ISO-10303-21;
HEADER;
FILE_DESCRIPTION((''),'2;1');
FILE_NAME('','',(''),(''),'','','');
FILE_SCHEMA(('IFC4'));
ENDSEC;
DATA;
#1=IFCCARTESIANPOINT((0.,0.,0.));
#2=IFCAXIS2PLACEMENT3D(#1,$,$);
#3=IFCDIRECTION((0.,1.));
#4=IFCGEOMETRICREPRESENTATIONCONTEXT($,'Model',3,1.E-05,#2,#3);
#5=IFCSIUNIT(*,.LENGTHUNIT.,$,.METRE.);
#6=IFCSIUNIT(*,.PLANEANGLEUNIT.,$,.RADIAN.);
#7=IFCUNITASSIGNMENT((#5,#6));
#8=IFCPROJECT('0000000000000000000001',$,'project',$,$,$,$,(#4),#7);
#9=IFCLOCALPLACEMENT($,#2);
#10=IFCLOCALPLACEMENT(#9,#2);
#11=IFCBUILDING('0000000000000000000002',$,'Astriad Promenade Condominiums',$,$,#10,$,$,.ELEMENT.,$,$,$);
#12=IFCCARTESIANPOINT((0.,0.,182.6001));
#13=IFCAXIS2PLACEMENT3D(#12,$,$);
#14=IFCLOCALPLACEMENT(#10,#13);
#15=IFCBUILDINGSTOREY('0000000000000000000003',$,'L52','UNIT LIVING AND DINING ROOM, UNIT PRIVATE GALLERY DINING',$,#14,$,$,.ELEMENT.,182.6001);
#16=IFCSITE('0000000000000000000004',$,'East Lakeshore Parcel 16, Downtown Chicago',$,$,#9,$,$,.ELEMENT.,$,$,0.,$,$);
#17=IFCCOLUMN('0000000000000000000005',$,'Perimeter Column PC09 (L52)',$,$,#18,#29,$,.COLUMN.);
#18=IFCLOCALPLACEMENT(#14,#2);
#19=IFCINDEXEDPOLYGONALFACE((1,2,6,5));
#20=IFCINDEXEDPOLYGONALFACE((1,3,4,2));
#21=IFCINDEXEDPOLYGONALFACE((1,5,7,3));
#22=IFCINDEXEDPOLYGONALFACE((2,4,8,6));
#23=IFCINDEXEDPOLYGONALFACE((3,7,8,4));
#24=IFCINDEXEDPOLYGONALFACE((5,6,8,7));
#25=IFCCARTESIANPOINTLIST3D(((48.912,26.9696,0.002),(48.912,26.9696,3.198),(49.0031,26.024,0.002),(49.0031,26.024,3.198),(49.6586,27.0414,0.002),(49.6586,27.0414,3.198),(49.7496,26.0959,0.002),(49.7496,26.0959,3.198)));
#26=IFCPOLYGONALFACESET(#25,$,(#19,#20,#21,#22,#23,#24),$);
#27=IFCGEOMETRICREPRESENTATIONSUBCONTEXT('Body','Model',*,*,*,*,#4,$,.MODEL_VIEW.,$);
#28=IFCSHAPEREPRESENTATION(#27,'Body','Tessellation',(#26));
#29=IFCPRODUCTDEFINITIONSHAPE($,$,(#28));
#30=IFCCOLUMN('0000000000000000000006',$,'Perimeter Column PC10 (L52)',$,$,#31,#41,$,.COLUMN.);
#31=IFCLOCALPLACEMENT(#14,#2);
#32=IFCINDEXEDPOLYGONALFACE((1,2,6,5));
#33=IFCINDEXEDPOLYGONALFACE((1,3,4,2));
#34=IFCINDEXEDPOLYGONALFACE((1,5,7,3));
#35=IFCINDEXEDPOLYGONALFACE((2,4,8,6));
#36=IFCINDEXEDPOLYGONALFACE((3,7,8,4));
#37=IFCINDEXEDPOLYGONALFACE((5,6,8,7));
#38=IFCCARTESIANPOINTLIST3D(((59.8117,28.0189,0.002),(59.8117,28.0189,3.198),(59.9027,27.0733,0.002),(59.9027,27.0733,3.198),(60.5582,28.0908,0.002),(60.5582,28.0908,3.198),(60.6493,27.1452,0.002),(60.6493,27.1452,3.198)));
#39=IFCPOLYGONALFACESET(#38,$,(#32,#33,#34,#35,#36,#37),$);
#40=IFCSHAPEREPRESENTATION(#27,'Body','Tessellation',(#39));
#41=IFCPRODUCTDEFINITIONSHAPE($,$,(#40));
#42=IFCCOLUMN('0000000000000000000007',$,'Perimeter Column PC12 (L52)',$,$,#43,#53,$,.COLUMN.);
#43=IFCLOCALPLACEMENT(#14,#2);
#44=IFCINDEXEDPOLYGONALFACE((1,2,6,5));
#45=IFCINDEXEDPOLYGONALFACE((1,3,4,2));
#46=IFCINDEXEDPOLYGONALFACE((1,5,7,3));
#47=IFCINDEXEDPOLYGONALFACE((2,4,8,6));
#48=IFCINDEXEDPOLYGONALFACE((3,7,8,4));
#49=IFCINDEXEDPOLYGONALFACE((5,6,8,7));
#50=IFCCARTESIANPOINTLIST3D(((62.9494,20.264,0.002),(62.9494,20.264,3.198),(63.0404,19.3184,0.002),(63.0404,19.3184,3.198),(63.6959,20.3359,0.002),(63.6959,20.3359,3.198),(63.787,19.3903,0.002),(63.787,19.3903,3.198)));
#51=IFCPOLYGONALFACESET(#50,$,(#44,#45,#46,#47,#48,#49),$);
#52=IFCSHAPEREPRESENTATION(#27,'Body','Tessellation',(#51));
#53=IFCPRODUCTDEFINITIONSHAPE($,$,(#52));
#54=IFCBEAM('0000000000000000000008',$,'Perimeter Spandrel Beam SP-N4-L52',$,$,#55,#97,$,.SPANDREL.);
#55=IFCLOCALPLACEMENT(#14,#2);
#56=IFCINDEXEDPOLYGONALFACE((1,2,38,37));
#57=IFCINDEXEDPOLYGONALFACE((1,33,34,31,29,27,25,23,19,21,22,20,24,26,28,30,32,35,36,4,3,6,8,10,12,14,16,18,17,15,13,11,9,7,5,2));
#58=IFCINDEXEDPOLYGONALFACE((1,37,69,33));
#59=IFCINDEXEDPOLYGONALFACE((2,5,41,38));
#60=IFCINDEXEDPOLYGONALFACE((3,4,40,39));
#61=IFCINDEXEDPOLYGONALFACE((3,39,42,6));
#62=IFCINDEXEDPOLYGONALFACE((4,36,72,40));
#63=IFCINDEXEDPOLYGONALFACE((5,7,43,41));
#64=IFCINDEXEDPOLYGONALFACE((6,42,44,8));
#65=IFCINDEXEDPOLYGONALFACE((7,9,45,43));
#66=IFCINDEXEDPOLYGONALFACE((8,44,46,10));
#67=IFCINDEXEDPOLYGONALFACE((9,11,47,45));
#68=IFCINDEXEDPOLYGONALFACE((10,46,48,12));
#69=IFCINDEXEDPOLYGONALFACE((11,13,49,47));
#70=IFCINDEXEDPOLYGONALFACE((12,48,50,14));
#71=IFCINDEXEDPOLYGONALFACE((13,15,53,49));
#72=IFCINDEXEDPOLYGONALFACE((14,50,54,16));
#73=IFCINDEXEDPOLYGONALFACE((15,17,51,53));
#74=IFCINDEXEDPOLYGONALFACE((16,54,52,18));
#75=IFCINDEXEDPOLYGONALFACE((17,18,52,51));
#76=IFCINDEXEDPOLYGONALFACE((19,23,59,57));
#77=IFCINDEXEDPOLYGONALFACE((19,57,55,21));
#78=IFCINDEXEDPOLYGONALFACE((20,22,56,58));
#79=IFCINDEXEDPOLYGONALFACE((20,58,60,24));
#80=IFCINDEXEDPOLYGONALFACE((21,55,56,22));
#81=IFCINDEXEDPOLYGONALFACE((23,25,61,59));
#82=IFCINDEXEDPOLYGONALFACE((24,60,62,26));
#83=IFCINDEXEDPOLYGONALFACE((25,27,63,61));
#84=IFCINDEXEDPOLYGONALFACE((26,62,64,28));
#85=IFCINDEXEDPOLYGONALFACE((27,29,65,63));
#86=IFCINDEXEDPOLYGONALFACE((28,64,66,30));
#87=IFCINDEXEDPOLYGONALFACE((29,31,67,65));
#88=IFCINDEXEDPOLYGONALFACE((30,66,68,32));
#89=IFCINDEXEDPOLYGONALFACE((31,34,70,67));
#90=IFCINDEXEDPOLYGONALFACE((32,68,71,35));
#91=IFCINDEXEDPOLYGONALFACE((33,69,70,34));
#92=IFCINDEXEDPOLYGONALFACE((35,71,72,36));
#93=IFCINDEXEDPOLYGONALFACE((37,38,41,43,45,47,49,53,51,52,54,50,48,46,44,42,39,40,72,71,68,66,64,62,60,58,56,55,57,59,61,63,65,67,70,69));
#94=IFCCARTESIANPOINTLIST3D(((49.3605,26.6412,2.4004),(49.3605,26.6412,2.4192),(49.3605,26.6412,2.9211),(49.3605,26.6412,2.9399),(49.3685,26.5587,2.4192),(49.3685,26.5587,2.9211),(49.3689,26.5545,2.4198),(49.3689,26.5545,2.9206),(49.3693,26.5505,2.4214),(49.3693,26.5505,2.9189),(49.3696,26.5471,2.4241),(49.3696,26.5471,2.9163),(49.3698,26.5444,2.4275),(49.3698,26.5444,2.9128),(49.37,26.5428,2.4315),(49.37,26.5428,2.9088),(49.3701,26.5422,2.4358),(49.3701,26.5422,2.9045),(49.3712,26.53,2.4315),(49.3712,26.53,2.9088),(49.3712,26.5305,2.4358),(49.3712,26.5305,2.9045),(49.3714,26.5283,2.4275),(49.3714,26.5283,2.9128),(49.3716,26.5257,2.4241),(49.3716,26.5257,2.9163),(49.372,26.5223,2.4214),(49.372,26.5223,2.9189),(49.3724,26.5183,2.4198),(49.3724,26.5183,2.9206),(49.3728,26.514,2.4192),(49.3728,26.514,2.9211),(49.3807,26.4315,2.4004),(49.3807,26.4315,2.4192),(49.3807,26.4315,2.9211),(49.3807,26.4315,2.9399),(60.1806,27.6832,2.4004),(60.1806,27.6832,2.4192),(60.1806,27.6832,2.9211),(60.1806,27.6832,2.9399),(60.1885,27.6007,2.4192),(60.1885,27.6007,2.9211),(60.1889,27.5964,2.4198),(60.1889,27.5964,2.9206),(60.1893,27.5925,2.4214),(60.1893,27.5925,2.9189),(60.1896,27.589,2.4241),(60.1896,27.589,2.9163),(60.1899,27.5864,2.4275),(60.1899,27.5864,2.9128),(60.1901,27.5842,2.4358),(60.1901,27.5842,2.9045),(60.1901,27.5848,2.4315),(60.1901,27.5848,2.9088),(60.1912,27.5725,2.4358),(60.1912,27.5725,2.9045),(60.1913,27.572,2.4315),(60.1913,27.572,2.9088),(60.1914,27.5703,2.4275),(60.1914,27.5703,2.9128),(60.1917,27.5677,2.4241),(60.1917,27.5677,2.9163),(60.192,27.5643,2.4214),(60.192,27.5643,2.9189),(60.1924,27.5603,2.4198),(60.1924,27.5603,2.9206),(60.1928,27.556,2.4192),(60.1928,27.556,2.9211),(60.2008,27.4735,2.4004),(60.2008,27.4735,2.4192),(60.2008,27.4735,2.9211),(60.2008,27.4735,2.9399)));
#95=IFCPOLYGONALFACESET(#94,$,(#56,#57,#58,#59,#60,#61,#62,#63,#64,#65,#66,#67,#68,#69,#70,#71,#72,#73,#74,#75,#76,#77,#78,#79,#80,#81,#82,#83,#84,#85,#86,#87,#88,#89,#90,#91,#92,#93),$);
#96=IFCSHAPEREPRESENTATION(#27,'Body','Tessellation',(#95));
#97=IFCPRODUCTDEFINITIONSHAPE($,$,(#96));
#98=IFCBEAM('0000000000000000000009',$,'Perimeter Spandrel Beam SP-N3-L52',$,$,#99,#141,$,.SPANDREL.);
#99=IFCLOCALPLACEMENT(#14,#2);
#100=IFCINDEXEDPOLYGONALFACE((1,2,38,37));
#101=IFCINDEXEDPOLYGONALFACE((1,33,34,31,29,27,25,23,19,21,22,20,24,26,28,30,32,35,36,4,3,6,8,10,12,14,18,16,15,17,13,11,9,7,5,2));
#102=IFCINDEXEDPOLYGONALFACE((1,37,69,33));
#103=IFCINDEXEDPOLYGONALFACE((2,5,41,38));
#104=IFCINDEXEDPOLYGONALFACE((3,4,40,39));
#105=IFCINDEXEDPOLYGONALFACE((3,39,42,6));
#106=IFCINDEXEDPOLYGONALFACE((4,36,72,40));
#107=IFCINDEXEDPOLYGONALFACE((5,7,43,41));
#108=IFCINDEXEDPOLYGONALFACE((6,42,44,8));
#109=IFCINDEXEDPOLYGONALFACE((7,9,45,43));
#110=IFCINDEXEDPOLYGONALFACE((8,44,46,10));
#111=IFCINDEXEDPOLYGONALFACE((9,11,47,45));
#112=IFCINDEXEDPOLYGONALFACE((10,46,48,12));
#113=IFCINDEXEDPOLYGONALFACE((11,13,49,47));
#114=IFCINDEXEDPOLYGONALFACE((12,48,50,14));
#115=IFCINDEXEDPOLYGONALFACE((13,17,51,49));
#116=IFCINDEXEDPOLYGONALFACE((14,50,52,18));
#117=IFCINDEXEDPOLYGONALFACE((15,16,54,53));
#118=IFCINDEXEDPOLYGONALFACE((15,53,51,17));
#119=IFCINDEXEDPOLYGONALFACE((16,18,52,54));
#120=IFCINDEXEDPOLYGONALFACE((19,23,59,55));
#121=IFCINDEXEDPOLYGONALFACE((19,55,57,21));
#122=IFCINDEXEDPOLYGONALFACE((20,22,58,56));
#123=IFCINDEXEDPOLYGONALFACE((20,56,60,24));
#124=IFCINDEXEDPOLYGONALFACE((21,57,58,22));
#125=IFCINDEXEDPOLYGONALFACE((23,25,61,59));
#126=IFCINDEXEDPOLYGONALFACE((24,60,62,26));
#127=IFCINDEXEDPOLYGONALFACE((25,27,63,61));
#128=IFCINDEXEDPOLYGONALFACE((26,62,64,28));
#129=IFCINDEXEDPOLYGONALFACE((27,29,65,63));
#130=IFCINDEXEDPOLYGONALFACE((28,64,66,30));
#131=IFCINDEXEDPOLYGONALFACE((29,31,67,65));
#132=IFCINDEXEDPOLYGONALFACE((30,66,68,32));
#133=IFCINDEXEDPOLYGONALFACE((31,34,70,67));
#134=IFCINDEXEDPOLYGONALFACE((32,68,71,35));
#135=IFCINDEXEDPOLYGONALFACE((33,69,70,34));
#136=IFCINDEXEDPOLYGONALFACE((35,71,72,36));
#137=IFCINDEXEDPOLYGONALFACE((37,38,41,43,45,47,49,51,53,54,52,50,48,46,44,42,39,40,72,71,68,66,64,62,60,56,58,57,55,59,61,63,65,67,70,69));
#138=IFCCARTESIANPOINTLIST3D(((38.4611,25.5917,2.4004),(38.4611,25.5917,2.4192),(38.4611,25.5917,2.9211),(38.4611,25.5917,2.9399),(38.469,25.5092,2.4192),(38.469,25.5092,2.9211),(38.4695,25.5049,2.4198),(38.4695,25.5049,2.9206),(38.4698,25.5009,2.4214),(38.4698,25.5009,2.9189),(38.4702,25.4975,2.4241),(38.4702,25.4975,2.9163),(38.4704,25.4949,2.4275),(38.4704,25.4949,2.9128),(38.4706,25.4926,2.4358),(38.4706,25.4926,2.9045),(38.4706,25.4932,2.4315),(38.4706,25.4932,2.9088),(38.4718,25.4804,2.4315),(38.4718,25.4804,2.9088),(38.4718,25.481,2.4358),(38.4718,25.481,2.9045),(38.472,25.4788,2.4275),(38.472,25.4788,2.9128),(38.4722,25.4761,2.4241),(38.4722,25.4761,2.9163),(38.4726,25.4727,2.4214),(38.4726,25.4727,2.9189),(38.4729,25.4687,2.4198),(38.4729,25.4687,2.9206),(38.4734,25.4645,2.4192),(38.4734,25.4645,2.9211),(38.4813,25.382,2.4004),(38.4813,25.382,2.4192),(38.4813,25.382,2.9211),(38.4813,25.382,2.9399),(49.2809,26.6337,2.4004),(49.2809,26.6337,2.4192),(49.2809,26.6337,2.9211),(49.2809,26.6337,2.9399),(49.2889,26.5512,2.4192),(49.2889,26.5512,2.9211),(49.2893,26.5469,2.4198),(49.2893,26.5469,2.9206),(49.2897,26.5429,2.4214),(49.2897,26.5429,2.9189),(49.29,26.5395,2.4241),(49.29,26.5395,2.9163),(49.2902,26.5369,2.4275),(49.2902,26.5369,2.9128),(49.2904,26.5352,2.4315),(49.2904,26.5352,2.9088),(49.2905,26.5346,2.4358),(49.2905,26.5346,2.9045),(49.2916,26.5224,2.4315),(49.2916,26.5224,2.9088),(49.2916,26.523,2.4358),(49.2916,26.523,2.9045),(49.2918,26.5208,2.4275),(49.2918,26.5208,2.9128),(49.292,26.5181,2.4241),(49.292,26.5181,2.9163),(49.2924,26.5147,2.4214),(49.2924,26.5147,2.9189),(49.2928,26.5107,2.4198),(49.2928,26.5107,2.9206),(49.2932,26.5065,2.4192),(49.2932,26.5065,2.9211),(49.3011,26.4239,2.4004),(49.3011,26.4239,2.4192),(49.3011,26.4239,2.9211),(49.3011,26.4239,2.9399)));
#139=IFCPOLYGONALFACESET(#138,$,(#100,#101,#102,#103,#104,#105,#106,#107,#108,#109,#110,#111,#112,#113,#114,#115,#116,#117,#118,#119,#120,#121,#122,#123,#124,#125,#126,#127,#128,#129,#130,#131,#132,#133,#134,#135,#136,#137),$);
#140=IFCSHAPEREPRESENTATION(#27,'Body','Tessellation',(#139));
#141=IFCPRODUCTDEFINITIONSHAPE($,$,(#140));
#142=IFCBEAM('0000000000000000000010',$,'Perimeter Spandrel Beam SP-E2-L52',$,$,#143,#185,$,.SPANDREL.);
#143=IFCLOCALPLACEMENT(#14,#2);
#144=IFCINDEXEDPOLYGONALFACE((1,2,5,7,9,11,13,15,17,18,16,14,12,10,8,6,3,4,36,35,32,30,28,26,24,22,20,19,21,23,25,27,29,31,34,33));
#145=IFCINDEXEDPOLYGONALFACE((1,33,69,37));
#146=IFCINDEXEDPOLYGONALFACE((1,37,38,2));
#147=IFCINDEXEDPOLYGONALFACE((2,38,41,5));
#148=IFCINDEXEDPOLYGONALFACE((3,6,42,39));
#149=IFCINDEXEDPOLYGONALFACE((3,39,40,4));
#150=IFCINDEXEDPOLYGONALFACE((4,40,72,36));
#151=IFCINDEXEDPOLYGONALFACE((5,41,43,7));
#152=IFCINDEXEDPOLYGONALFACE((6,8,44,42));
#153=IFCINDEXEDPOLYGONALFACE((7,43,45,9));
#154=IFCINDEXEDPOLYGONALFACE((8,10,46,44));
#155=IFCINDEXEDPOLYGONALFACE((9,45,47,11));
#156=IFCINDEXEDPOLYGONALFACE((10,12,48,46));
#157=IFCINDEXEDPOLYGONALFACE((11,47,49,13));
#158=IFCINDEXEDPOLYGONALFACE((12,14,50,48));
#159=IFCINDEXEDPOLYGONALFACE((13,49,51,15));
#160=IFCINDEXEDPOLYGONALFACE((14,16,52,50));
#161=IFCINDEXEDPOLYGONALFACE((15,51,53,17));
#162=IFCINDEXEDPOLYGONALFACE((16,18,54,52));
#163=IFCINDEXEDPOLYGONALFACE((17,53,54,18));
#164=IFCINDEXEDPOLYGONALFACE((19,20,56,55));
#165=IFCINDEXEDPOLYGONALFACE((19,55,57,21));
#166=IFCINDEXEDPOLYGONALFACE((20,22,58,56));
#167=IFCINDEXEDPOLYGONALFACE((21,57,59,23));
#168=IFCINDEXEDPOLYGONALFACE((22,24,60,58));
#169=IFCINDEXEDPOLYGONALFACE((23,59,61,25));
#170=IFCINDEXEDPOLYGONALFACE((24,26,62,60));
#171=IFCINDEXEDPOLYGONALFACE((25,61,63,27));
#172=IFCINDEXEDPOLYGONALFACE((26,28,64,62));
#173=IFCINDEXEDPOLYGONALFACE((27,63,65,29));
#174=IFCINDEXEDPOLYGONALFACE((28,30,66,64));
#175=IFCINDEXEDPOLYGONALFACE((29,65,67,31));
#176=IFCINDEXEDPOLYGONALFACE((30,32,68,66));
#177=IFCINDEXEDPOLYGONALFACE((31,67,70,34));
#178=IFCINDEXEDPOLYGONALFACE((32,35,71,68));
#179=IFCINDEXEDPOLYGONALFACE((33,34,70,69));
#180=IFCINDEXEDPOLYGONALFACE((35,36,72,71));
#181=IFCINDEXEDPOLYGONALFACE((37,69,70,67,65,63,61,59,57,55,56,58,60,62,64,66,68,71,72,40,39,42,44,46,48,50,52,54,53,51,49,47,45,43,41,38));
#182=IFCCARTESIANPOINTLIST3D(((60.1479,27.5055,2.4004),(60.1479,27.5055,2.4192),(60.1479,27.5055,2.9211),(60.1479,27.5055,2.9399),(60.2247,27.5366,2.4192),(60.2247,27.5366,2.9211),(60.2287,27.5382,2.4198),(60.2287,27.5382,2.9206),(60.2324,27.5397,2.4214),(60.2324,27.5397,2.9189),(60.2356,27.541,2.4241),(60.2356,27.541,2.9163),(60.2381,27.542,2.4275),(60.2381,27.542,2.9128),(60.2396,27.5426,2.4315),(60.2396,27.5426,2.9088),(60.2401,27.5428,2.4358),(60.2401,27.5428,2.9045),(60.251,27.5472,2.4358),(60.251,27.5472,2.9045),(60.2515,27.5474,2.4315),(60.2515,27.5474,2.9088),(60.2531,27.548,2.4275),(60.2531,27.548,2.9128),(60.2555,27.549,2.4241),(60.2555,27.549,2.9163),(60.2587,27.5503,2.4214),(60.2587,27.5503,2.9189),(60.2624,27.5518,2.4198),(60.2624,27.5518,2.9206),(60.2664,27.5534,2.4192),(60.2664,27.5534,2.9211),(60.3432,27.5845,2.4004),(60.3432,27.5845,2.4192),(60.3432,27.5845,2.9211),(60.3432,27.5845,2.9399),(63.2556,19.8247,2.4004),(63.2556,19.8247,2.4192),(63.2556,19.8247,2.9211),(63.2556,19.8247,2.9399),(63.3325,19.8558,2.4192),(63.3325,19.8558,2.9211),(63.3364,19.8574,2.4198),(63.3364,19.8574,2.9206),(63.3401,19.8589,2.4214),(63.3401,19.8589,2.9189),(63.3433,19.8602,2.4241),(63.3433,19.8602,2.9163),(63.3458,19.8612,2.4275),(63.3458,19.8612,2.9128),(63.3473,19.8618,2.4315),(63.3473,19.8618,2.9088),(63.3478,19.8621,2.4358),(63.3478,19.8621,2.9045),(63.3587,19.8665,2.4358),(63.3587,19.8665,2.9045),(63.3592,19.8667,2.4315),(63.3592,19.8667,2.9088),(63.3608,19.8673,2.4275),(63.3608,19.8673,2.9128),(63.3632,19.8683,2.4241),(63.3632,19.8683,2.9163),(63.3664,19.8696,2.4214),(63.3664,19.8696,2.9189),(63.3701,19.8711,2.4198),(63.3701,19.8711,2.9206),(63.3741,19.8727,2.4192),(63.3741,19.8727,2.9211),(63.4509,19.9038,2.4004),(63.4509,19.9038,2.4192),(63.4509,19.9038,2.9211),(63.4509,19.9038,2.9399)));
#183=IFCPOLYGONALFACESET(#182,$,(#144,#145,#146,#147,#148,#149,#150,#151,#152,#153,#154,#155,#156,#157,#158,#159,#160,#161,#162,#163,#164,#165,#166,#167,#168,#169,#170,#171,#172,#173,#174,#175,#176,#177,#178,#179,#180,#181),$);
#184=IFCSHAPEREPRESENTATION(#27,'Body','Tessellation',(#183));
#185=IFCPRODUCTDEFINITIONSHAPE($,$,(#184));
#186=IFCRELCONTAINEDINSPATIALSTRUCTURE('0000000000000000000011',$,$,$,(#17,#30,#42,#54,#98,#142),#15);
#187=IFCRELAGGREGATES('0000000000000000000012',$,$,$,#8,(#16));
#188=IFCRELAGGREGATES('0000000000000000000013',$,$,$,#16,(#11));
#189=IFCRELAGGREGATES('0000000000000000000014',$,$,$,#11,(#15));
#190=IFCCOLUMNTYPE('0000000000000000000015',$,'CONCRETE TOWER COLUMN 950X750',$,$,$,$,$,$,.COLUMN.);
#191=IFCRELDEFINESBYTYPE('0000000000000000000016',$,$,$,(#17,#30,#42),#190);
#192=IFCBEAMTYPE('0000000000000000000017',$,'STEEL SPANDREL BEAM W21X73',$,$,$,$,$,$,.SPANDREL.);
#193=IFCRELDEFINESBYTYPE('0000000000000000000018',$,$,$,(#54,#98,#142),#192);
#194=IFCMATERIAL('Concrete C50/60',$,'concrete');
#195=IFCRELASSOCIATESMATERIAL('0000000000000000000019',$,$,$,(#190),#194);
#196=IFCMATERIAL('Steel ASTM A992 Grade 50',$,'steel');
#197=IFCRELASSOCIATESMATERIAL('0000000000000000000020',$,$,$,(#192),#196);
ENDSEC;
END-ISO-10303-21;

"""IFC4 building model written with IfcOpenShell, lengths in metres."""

from ifc_helpers import new_model, si_unit, direction, frame, origin, origin_2d, place, context, subcontext, project, spatial, rectangle, i_section, extrude, source, transform, mapped, material, material_profile, profile_set, type_object, type_shapes, element, save


model = new_model("IFC4")

# Units and contexts
model_context = context("Model", 3, precision=1e-05, world=origin(), true_north=direction((0.0, 1.0)))
body_context = subcontext(model_context, "Body", "Model", "MODEL_VIEW")
ifc_project = project(units=[si_unit("LENGTHUNIT", "METRE"), si_unit("PLANEANGLEUNIT", "RADIAN")], contexts=[model_context])

# Site, building, storey
site_placement = place(None, origin())
site = spatial("IfcSite", under=ifc_project, at=site_placement, Name="East Lakeshore Parcel 16, Downtown Chicago", CompositionType="ELEMENT", RefElevation=0.0)
building_placement = place(site_placement, origin())
building = spatial("IfcBuilding", under=site, at=building_placement, Name="Astriad Promenade Condominiums", CompositionType="ELEMENT")
storey_placement = place(building_placement, frame((0.0, 0.0, 182.6001)))
storey = spatial("IfcBuildingStorey", under=building, at=storey_placement, Name="L52", Description="UNIT LIVING AND DINING ROOM, UNIT PRIVATE GALLERY DINING", CompositionType="ELEMENT", Elevation=182.6001)

# Columns
ifc_material_1 = material(Name="Concrete C50/60", Category="concrete")
ifc_material_profile_1 = material_profile(ifc_material_1, rectangle(XDim=0.75, YDim=0.95, at=origin_2d()), Name="RC-COL-950X750")
ifc_profile_set_1 = profile_set([ifc_material_profile_1], Name="Concrete C50/60")
column_type = type_object("IfcColumnType", Name="CONCRETE TOWER COLUMN 950X750", PredefinedType="COLUMN", material=ifc_profile_set_1)
shared_shape_1 = source(origin(), body_context, "Body", "SweptSolid", [
    extrude(rectangle(XDim=0.75, YDim=0.95, at=origin_2d()), origin(), (0.0, 0.0, 1.0), 3.196),
])
type_shapes(column_type, [shared_shape_1])
for number, where, z_axis, x_axis, name in (
    (1, (49.3308, 26.5327, 0.002), (0.0, 0.0, 1.0), (0.995396, 0.095846, 0.0), "Perimeter Column PC09 (L52)"),
    (2, (60.2305, 27.582, 0.002), (0.0, 0.0, 1.0), (0.995396, 0.095846, 0.0), "Perimeter Column PC10 (L52)"),
    (3, (63.3682, 19.8271, 0.002), (0.0, 0.0, 1.0), (0.995396, 0.095846, 0.0), "Perimeter Column PC12 (L52)"),
):
    element("IfcColumn", number, at=place(storey_placement, frame(where, z_axis=z_axis, x_axis=x_axis)), inside=storey, type_object=column_type, Name=name, PredefinedType="COLUMN", context=body_context, shape_type="MappedRepresentation", body=[
        mapped(shared_shape_1, transform((0.0, 0.0, 0.0), scale=1.0)),
    ])

# Beams
ifc_material_2 = material(Name="Steel ASTM A992 Grade 50", Category="steel")
ifc_material_profile_2 = material_profile(ifc_material_2, i_section(OverallWidth=0.2107, OverallDepth=0.5396, WebThickness=0.0117, FlangeThickness=0.0188, FilletRadius=0.0166, at=origin_2d()), Name="W21X73")
ifc_profile_set_2 = profile_set([ifc_material_profile_2], Name="Steel ASTM A992 Grade 50")
beam_type_1 = type_object("IfcBeamType", Name="STEEL SPANDREL BEAM W21X73", PredefinedType="SPANDREL", material=ifc_profile_set_2)
shared_shape_2 = source(origin(), body_context, "Body", "SweptSolid", [
    extrude(i_section(OverallWidth=0.2107, OverallDepth=0.5396, WebThickness=0.0117, FlangeThickness=0.0188, FilletRadius=0.0166, at=origin_2d()), origin(), (0.0, 0.0, 1.0), 10.8701),
])
beam_1_placement = place(storey_placement, frame((60.1907, 27.5784, 2.6702), z_axis=(-0.995395, -0.095858, 0.0), x_axis=(0.095858, -0.995395, 0.0)))
element("IfcBeam", 4, at=beam_1_placement, inside=storey, type_object=beam_type_1, Name="Perimeter Spandrel Beam SP-N4-L52", PredefinedType="SPANDREL", context=body_context, shape_type="MappedRepresentation", body=[
    mapped(shared_shape_2, transform((0.0, 0.0, 0.0), scale=1.0)),
])
shared_shape_3 = source(origin(), body_context, "Body", "SweptSolid", [
    extrude(i_section(OverallWidth=0.2107, OverallDepth=0.5396, WebThickness=0.0117, FlangeThickness=0.0188, FilletRadius=0.0166, at=origin_2d()), origin(), (0.0, 0.0, 1.0), 10.8699),
])
beam_2_placement = place(storey_placement, frame((49.291, 26.5288, 2.6702), z_axis=(-0.995395, -0.09586, 0.0), x_axis=(0.09586, -0.995395, 0.0)))
element("IfcBeam", 5, at=beam_2_placement, inside=storey, type_object=beam_type_1, Name="Perimeter Spandrel Beam SP-N3-L52", PredefinedType="SPANDREL", context=body_context, shape_type="MappedRepresentation", body=[
    mapped(shared_shape_3, transform((0.0, 0.0, 0.0), scale=1.0)),
])
shared_shape_4 = source(origin(), body_context, "Body", "SweptSolid", [
    extrude(i_section(OverallWidth=0.2107, OverallDepth=0.5396, WebThickness=0.0117, FlangeThickness=0.0188, FilletRadius=0.0166, at=origin_2d()), origin(), (0.0, 0.0, 1.0), 8.2856),
])
type_shapes(beam_type_1, [shared_shape_2, shared_shape_3, shared_shape_4])
beam_3_placement = place(storey_placement, frame((63.3533, 19.8643, 2.6702), z_axis=(-0.375071, 0.926996, 0.0), x_axis=(-0.926996, -0.375071, 0.0)))
element("IfcBeam", 6, at=beam_3_placement, inside=storey, type_object=beam_type_1, Name="Perimeter Spandrel Beam SP-E2-L52", PredefinedType="SPANDREL", context=body_context, shape_type="MappedRepresentation", body=[
    mapped(shared_shape_4, transform((0.0, 0.0, 0.0), scale=1.0)),
])

save(model, "model.ifc")
